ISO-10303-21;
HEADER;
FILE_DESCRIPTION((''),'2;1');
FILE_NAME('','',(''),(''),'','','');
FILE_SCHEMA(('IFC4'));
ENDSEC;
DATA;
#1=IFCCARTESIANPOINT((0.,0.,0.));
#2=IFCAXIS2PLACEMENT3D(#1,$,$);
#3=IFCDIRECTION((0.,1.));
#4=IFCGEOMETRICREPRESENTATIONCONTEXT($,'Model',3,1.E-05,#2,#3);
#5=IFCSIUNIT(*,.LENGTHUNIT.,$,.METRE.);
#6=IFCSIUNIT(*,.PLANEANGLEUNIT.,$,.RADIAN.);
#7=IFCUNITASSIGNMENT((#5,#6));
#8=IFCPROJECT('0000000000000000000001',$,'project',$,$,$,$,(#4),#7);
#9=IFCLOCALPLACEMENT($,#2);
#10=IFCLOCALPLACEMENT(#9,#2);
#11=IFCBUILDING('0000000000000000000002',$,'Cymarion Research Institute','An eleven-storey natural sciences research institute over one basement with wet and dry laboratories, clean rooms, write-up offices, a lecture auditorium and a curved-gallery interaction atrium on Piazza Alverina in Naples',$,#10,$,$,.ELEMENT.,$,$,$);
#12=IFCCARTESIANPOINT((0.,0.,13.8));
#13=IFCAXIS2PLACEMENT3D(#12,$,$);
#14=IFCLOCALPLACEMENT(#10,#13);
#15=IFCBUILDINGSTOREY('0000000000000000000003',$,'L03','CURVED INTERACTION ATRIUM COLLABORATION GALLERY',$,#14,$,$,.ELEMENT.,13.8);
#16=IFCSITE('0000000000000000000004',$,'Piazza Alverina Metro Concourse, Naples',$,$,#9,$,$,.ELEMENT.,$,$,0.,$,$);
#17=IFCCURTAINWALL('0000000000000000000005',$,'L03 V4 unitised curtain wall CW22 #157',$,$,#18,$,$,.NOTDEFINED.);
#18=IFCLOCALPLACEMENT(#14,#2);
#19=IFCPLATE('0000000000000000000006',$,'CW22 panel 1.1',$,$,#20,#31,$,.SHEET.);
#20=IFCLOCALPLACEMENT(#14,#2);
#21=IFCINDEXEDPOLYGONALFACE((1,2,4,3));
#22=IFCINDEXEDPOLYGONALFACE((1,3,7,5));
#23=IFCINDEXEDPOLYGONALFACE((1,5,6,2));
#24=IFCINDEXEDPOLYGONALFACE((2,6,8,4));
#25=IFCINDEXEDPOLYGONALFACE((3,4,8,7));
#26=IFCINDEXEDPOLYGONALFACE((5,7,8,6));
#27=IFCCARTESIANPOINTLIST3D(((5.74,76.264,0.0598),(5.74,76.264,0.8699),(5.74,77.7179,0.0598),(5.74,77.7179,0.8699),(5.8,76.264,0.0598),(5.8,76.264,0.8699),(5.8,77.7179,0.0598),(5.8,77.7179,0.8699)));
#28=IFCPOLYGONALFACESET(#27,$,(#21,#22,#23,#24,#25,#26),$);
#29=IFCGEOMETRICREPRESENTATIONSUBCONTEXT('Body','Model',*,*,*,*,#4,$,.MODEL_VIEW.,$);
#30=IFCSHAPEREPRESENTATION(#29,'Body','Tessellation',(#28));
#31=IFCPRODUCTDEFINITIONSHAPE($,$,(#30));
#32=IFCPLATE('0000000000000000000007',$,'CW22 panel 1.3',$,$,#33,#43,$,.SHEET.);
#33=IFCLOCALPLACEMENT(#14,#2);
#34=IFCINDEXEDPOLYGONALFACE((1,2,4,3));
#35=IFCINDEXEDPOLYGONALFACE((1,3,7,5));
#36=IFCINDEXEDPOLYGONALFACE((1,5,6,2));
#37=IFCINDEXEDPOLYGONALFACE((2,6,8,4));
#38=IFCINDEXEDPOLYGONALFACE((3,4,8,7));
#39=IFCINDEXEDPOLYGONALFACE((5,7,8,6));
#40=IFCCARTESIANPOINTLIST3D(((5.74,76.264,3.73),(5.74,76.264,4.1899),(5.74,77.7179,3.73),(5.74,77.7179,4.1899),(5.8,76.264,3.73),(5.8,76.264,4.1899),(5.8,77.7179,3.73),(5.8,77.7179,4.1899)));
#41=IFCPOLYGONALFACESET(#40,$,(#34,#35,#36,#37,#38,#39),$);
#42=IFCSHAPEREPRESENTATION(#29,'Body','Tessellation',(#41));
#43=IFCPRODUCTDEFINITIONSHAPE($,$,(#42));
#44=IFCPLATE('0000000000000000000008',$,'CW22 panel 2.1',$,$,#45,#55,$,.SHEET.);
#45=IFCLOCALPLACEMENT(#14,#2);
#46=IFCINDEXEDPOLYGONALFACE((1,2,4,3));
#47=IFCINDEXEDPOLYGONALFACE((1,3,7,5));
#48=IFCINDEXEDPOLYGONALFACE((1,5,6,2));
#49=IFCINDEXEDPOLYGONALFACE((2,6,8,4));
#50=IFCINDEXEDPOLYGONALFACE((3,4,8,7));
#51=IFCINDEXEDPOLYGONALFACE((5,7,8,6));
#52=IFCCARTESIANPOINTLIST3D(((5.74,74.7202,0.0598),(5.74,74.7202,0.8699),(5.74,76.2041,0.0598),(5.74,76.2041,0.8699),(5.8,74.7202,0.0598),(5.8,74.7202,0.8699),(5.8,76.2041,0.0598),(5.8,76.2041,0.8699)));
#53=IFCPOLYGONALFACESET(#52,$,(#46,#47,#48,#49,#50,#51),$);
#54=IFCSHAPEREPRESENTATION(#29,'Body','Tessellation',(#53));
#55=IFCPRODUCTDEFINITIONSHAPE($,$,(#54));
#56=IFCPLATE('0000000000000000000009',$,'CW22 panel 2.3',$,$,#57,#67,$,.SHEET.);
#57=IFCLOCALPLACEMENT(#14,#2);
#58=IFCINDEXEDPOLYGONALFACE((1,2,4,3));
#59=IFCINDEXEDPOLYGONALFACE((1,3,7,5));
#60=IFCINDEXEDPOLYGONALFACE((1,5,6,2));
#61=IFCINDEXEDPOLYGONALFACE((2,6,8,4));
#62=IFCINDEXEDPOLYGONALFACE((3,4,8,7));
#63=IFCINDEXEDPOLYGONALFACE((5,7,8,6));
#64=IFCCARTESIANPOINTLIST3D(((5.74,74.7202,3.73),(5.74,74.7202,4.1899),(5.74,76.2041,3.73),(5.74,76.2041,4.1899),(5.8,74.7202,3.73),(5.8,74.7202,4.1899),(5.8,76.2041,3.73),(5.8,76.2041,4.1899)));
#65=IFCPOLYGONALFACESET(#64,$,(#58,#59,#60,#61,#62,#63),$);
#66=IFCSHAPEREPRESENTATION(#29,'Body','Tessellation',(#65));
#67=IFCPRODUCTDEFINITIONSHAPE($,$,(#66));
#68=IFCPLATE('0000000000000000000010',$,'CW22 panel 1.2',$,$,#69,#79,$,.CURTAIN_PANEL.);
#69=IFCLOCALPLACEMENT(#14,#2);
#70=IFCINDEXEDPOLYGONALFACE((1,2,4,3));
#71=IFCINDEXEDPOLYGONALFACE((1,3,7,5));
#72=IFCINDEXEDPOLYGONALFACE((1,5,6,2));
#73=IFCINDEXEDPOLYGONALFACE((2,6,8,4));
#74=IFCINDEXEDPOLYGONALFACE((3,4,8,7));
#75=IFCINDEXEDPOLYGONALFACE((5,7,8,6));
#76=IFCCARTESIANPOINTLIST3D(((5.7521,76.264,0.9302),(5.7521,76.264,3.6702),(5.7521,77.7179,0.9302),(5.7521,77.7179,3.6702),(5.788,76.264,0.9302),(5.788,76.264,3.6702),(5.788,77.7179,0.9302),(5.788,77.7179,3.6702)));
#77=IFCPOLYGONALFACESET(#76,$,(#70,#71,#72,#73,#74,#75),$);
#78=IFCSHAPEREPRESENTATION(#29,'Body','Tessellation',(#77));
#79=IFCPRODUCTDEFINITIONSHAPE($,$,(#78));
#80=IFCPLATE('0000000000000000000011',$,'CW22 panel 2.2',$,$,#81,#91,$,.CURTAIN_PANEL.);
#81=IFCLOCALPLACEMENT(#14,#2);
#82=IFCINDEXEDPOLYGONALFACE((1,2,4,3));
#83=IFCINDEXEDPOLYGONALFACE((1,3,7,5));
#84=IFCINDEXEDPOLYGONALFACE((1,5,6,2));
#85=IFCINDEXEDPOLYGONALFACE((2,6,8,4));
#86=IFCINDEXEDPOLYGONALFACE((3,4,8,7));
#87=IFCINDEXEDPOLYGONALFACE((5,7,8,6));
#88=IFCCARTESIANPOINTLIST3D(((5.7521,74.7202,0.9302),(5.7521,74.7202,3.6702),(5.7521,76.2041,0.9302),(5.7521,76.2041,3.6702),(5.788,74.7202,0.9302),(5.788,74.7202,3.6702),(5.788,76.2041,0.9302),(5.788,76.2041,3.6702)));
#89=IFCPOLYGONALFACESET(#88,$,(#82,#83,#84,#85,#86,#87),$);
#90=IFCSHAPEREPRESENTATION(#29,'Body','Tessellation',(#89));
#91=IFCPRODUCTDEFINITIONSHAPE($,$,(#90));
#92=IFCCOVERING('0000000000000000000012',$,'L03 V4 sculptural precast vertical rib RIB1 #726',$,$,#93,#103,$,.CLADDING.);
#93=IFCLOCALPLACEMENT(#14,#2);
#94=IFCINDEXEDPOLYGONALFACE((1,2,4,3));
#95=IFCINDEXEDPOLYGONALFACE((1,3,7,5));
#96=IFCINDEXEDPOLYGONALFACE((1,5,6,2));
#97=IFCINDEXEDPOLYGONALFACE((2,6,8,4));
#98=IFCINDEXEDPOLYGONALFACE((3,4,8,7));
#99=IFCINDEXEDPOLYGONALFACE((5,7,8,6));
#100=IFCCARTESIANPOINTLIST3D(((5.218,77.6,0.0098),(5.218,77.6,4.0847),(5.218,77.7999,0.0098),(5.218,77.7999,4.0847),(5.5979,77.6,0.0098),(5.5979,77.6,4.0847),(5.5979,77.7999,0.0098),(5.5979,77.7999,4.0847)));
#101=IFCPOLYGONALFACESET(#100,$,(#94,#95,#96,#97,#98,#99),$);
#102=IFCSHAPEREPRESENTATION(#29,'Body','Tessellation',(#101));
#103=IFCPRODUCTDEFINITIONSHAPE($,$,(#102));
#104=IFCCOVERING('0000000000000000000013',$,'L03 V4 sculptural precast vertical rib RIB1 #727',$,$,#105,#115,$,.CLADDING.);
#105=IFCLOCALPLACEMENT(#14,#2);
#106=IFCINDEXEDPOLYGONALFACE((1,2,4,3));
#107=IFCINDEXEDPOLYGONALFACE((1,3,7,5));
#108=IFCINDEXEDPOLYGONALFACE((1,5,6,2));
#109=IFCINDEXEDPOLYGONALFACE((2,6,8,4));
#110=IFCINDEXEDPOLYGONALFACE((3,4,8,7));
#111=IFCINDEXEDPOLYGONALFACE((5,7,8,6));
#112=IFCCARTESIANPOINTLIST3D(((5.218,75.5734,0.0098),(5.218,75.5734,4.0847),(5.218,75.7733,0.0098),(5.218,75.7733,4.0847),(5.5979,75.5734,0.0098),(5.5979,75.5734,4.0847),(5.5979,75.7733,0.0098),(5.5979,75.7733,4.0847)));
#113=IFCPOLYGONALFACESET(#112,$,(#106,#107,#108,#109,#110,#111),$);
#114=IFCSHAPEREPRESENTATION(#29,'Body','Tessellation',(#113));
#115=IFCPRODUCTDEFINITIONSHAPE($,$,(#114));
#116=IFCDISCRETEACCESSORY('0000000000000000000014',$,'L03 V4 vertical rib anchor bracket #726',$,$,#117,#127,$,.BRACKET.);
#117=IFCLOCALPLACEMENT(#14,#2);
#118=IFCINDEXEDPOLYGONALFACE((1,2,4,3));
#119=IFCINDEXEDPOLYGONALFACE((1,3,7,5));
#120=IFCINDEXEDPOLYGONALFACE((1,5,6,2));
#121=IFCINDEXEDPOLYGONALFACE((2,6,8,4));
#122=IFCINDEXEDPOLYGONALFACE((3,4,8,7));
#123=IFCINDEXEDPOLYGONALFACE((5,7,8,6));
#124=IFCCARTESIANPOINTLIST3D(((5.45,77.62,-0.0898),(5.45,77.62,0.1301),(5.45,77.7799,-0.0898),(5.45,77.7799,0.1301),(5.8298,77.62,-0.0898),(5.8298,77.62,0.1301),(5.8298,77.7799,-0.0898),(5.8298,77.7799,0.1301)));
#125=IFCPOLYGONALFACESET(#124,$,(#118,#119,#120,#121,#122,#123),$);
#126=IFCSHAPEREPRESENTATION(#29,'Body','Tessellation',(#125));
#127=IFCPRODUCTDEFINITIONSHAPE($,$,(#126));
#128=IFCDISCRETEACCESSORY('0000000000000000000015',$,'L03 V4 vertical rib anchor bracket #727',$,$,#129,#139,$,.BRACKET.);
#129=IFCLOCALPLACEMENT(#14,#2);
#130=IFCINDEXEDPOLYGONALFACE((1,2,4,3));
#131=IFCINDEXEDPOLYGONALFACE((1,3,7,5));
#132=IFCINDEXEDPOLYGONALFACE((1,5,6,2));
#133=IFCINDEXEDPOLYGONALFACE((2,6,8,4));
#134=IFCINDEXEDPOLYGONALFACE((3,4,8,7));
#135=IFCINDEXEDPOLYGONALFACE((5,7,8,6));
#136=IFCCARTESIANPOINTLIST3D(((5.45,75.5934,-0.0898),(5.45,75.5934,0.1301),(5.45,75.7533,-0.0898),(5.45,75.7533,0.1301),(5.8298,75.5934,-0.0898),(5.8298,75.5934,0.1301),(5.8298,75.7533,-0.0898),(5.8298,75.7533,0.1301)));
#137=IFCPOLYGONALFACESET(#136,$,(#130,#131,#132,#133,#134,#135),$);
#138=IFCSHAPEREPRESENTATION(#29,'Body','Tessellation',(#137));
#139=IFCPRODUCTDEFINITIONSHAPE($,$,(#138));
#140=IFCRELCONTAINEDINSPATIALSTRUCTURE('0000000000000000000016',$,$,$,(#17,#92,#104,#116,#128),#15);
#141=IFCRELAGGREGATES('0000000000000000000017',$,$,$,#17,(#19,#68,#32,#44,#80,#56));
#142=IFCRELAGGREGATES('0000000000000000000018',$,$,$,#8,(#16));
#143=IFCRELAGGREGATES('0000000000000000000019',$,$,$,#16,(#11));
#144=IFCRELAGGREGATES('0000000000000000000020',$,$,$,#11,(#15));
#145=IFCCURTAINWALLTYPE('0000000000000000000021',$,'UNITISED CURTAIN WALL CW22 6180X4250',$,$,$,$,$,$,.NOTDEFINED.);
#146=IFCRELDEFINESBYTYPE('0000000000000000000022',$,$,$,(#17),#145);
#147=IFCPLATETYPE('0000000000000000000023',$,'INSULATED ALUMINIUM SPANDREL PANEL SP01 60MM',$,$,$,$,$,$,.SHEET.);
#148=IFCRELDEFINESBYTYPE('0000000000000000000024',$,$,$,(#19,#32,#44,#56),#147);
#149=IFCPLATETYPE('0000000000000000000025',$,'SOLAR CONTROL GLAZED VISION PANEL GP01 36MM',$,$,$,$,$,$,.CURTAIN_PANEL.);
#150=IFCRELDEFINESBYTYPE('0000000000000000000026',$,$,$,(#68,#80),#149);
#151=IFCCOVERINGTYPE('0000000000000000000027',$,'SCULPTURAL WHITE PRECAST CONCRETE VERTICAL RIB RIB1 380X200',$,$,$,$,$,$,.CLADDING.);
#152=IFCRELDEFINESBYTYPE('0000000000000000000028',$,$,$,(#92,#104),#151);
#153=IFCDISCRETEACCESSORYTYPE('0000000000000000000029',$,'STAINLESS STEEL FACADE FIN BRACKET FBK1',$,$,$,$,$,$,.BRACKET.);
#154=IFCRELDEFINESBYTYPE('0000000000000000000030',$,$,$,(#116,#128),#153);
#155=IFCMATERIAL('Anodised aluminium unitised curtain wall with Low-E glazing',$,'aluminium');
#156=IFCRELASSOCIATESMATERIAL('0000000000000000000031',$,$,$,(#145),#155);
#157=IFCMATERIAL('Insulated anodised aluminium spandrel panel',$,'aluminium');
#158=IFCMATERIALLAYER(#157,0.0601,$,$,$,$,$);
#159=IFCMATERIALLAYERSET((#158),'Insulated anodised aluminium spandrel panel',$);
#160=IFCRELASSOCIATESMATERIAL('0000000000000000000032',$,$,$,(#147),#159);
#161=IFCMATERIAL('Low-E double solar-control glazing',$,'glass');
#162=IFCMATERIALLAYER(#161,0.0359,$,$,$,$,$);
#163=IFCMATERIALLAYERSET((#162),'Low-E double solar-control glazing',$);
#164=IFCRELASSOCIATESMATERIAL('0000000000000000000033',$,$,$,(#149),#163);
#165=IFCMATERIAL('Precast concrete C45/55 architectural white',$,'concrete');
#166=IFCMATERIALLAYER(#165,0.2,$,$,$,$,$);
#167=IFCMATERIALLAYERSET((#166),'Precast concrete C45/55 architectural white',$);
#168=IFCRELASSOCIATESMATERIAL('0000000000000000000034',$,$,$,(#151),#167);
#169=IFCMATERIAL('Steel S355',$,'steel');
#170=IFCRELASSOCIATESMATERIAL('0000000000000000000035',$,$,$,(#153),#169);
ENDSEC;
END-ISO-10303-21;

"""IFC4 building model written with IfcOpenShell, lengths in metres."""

from ifc_helpers import new_model, si_unit, direction, frame, origin, origin_2d, place, context, subcontext, project, spatial, rectangle, extrude, material, layer, layer_set, type_object, element, aggregate, save


model = new_model("IFC4")

# Units and contexts
model_context = context("Model", 3, precision=1e-05, world=origin(), true_north=direction((0.0, 1.0)))
body_context = subcontext(model_context, "Body", "Model", "MODEL_VIEW")
ifc_project = project(units=[si_unit("LENGTHUNIT", "METRE"), si_unit("PLANEANGLEUNIT", "RADIAN")], contexts=[model_context])

# Site, building, storey
site_placement = place(None, origin())
site = spatial("IfcSite", under=ifc_project, at=site_placement, Name="Piazza Alverina Metro Concourse, Naples", CompositionType="ELEMENT", RefElevation=0.0)
building_placement = place(site_placement, origin())
building = spatial("IfcBuilding", under=site, at=building_placement, Name="Cymarion Research Institute", Description="An eleven-storey natural sciences research institute over one basement with wet and dry laboratories, clean rooms, write-up offices, a lecture auditorium and a curved-gallery interaction atrium on Piazza Alverina in Naples", CompositionType="ELEMENT")
storey_placement = place(building_placement, frame((0.0, 0.0, 13.8)))
storey = spatial("IfcBuildingStorey", under=building, at=storey_placement, Name="L03", Description="CURVED INTERACTION ATRIUM COLLABORATION GALLERY", CompositionType="ELEMENT", Elevation=13.8)

# Curtain wall, plates
ifc_material_1 = material(Name="Anodised aluminium unitised curtain wall with Low-E glazing", Category="aluminium")
curtain_wall_type = type_object("IfcCurtainWallType", Name="UNITISED CURTAIN WALL CW22 6180X4250", PredefinedType="NOTDEFINED", material=ifc_material_1)
curtain_wall_placement = place(storey_placement, origin())
curtain_wall = element("IfcCurtainWall", 1, at=curtain_wall_placement, inside=storey, type_object=curtain_wall_type, Name="L03 V4 unitised curtain wall CW22 #157", PredefinedType="NOTDEFINED")
ifc_material_2 = material(Name="Insulated anodised aluminium spandrel panel", Category="aluminium")
ifc_layer_1 = layer(ifc_material_2, 0.0601)
ifc_layer_set_1 = layer_set([ifc_layer_1], Name="Insulated anodised aluminium spandrel panel")
plate_type_1 = type_object("IfcPlateType", Name="INSULATED ALUMINIUM SPANDREL PANEL SP01 60MM", PredefinedType="SHEET", material=ifc_layer_set_1)
plate_1_placement = place(storey_placement, frame((5.77, 76.991, 0.0598), z_axis=(0.0, 0.0, 1.0), x_axis=(0.0, -1.0, 0.0)))
plate_1 = element("IfcPlate", 2, at=plate_1_placement, type_object=plate_type_1, Name="CW22 panel 1.1", PredefinedType="SHEET", context=body_context, shape_type="SweptSolid", body=[
    extrude(rectangle(XDim=1.4539, YDim=0.0601, at=origin_2d()), origin(), (0.0, 0.0, 1.0), 0.8101),
])
plate_2_placement = place(storey_placement, frame((5.77, 76.991, 3.73), z_axis=(0.0, 0.0, 1.0), x_axis=(0.0, -1.0, 0.0)))
plate_2 = element("IfcPlate", 3, at=plate_2_placement, type_object=plate_type_1, Name="CW22 panel 1.3", PredefinedType="SHEET", context=body_context, shape_type="SweptSolid", body=[
    extrude(rectangle(XDim=1.4539, YDim=0.0601, at=origin_2d()), origin(), (0.0, 0.0, 1.0), 0.46),
])
plate_3_placement = place(storey_placement, frame((5.77, 75.4622, 0.0598), z_axis=(0.0, 0.0, 1.0), x_axis=(0.0, -1.0, 0.0)))
plate_3 = element("IfcPlate", 4, at=plate_3_placement, type_object=plate_type_1, Name="CW22 panel 2.1", PredefinedType="SHEET", context=body_context, shape_type="SweptSolid", body=[
    extrude(rectangle(XDim=1.4839, YDim=0.0601, at=origin_2d()), origin(), (0.0, 0.0, 1.0), 0.8101),
])
plate_4_placement = place(storey_placement, frame((5.77, 75.4622, 3.73), z_axis=(0.0, 0.0, 1.0), x_axis=(0.0, -1.0, 0.0)))
plate_4 = element("IfcPlate", 5, at=plate_4_placement, type_object=plate_type_1, Name="CW22 panel 2.3", PredefinedType="SHEET", context=body_context, shape_type="SweptSolid", body=[
    extrude(rectangle(XDim=1.4839, YDim=0.0601, at=origin_2d()), origin(), (0.0, 0.0, 1.0), 0.46),
])
ifc_material_3 = material(Name="Low-E double solar-control glazing", Category="glass")
ifc_layer_2 = layer(ifc_material_3, 0.0359)
ifc_layer_set_2 = layer_set([ifc_layer_2], Name="Low-E double solar-control glazing")
plate_type_2 = type_object("IfcPlateType", Name="SOLAR CONTROL GLAZED VISION PANEL GP01 36MM", PredefinedType="CURTAIN_PANEL", material=ifc_layer_set_2)
plate_5_placement = place(storey_placement, frame((5.77, 76.991, 0.9302), z_axis=(0.0, 0.0, 1.0), x_axis=(0.0, -1.0, 0.0)))
plate_5 = element("IfcPlate", 6, at=plate_5_placement, type_object=plate_type_2, Name="CW22 panel 1.2", PredefinedType="CURTAIN_PANEL", context=body_context, shape_type="SweptSolid", body=[
    extrude(rectangle(XDim=1.4539, YDim=0.0359, at=origin_2d()), origin(), (0.0, 0.0, 1.0), 2.74),
])
plate_6_placement = place(storey_placement, frame((5.77, 75.4622, 0.9302), z_axis=(0.0, 0.0, 1.0), x_axis=(0.0, -1.0, 0.0)))
plate_6 = element("IfcPlate", 7, at=plate_6_placement, type_object=plate_type_2, Name="CW22 panel 2.2", PredefinedType="CURTAIN_PANEL", context=body_context, shape_type="SweptSolid", body=[
    extrude(rectangle(XDim=1.4839, YDim=0.0359, at=origin_2d()), origin(), (0.0, 0.0, 1.0), 2.74),
])
aggregate(curtain_wall, [plate_1, plate_5, plate_2, plate_3, plate_6, plate_4])

# Coverings
ifc_material_4 = material(Name="Precast concrete C45/55 architectural white", Category="concrete")
ifc_layer_3 = layer(ifc_material_4, 0.2)
ifc_layer_set_3 = layer_set([ifc_layer_3], Name="Precast concrete C45/55 architectural white")
covering_type = type_object("IfcCoveringType", Name="SCULPTURAL WHITE PRECAST CONCRETE VERTICAL RIB RIB1 380X200", PredefinedType="CLADDING", material=ifc_layer_set_3)
for number, where, z_axis, x_axis, name in (
    (8, (5.408, 77.7, 0.0098), (0.0, 0.0, 1.0), (-1.0, 0.0, 0.0), "L03 V4 sculptural precast vertical rib RIB1 #726"),
    (9, (5.408, 75.6733, 0.0098), (0.0, 0.0, 1.0), (-1.0, 0.0, 0.0), "L03 V4 sculptural precast vertical rib RIB1 #727"),
):
    element("IfcCovering", number, at=place(storey_placement, frame(where, z_axis=z_axis, x_axis=x_axis)), inside=storey, type_object=covering_type, Name=name, PredefinedType="CLADDING", context=body_context, shape_type="SweptSolid", body=[
        extrude(rectangle(XDim=0.3799, YDim=0.2, at=origin_2d()), origin(), (0.0, 0.0, 1.0), 4.075),
    ])

# Discrete accessories
ifc_material_5 = material(Name="Steel S355", Category="steel")
discrete_accessory_type = type_object("IfcDiscreteAccessoryType", Name="STAINLESS STEEL FACADE FIN BRACKET FBK1", PredefinedType="BRACKET", material=ifc_material_5)
for number, where, z_axis, x_axis, name in (
    (10, (5.6399, 77.7, -0.0898), (0.0, 0.0, 1.0), (-1.0, 0.0, 0.0), "L03 V4 vertical rib anchor bracket #726"),
    (11, (5.6399, 75.6733, -0.0898), (0.0, 0.0, 1.0), (-1.0, 0.0, 0.0), "L03 V4 vertical rib anchor bracket #727"),
):
    element("IfcDiscreteAccessory", number, at=place(storey_placement, frame(where, z_axis=z_axis, x_axis=x_axis)), inside=storey, type_object=discrete_accessory_type, Name=name, PredefinedType="BRACKET", context=body_context, shape_type="SweptSolid", body=[
        extrude(rectangle(XDim=0.3799, YDim=0.1599, at=origin_2d()), origin(), (0.0, 0.0, 1.0), 0.22),
    ])

save(model, "model.ifc")
